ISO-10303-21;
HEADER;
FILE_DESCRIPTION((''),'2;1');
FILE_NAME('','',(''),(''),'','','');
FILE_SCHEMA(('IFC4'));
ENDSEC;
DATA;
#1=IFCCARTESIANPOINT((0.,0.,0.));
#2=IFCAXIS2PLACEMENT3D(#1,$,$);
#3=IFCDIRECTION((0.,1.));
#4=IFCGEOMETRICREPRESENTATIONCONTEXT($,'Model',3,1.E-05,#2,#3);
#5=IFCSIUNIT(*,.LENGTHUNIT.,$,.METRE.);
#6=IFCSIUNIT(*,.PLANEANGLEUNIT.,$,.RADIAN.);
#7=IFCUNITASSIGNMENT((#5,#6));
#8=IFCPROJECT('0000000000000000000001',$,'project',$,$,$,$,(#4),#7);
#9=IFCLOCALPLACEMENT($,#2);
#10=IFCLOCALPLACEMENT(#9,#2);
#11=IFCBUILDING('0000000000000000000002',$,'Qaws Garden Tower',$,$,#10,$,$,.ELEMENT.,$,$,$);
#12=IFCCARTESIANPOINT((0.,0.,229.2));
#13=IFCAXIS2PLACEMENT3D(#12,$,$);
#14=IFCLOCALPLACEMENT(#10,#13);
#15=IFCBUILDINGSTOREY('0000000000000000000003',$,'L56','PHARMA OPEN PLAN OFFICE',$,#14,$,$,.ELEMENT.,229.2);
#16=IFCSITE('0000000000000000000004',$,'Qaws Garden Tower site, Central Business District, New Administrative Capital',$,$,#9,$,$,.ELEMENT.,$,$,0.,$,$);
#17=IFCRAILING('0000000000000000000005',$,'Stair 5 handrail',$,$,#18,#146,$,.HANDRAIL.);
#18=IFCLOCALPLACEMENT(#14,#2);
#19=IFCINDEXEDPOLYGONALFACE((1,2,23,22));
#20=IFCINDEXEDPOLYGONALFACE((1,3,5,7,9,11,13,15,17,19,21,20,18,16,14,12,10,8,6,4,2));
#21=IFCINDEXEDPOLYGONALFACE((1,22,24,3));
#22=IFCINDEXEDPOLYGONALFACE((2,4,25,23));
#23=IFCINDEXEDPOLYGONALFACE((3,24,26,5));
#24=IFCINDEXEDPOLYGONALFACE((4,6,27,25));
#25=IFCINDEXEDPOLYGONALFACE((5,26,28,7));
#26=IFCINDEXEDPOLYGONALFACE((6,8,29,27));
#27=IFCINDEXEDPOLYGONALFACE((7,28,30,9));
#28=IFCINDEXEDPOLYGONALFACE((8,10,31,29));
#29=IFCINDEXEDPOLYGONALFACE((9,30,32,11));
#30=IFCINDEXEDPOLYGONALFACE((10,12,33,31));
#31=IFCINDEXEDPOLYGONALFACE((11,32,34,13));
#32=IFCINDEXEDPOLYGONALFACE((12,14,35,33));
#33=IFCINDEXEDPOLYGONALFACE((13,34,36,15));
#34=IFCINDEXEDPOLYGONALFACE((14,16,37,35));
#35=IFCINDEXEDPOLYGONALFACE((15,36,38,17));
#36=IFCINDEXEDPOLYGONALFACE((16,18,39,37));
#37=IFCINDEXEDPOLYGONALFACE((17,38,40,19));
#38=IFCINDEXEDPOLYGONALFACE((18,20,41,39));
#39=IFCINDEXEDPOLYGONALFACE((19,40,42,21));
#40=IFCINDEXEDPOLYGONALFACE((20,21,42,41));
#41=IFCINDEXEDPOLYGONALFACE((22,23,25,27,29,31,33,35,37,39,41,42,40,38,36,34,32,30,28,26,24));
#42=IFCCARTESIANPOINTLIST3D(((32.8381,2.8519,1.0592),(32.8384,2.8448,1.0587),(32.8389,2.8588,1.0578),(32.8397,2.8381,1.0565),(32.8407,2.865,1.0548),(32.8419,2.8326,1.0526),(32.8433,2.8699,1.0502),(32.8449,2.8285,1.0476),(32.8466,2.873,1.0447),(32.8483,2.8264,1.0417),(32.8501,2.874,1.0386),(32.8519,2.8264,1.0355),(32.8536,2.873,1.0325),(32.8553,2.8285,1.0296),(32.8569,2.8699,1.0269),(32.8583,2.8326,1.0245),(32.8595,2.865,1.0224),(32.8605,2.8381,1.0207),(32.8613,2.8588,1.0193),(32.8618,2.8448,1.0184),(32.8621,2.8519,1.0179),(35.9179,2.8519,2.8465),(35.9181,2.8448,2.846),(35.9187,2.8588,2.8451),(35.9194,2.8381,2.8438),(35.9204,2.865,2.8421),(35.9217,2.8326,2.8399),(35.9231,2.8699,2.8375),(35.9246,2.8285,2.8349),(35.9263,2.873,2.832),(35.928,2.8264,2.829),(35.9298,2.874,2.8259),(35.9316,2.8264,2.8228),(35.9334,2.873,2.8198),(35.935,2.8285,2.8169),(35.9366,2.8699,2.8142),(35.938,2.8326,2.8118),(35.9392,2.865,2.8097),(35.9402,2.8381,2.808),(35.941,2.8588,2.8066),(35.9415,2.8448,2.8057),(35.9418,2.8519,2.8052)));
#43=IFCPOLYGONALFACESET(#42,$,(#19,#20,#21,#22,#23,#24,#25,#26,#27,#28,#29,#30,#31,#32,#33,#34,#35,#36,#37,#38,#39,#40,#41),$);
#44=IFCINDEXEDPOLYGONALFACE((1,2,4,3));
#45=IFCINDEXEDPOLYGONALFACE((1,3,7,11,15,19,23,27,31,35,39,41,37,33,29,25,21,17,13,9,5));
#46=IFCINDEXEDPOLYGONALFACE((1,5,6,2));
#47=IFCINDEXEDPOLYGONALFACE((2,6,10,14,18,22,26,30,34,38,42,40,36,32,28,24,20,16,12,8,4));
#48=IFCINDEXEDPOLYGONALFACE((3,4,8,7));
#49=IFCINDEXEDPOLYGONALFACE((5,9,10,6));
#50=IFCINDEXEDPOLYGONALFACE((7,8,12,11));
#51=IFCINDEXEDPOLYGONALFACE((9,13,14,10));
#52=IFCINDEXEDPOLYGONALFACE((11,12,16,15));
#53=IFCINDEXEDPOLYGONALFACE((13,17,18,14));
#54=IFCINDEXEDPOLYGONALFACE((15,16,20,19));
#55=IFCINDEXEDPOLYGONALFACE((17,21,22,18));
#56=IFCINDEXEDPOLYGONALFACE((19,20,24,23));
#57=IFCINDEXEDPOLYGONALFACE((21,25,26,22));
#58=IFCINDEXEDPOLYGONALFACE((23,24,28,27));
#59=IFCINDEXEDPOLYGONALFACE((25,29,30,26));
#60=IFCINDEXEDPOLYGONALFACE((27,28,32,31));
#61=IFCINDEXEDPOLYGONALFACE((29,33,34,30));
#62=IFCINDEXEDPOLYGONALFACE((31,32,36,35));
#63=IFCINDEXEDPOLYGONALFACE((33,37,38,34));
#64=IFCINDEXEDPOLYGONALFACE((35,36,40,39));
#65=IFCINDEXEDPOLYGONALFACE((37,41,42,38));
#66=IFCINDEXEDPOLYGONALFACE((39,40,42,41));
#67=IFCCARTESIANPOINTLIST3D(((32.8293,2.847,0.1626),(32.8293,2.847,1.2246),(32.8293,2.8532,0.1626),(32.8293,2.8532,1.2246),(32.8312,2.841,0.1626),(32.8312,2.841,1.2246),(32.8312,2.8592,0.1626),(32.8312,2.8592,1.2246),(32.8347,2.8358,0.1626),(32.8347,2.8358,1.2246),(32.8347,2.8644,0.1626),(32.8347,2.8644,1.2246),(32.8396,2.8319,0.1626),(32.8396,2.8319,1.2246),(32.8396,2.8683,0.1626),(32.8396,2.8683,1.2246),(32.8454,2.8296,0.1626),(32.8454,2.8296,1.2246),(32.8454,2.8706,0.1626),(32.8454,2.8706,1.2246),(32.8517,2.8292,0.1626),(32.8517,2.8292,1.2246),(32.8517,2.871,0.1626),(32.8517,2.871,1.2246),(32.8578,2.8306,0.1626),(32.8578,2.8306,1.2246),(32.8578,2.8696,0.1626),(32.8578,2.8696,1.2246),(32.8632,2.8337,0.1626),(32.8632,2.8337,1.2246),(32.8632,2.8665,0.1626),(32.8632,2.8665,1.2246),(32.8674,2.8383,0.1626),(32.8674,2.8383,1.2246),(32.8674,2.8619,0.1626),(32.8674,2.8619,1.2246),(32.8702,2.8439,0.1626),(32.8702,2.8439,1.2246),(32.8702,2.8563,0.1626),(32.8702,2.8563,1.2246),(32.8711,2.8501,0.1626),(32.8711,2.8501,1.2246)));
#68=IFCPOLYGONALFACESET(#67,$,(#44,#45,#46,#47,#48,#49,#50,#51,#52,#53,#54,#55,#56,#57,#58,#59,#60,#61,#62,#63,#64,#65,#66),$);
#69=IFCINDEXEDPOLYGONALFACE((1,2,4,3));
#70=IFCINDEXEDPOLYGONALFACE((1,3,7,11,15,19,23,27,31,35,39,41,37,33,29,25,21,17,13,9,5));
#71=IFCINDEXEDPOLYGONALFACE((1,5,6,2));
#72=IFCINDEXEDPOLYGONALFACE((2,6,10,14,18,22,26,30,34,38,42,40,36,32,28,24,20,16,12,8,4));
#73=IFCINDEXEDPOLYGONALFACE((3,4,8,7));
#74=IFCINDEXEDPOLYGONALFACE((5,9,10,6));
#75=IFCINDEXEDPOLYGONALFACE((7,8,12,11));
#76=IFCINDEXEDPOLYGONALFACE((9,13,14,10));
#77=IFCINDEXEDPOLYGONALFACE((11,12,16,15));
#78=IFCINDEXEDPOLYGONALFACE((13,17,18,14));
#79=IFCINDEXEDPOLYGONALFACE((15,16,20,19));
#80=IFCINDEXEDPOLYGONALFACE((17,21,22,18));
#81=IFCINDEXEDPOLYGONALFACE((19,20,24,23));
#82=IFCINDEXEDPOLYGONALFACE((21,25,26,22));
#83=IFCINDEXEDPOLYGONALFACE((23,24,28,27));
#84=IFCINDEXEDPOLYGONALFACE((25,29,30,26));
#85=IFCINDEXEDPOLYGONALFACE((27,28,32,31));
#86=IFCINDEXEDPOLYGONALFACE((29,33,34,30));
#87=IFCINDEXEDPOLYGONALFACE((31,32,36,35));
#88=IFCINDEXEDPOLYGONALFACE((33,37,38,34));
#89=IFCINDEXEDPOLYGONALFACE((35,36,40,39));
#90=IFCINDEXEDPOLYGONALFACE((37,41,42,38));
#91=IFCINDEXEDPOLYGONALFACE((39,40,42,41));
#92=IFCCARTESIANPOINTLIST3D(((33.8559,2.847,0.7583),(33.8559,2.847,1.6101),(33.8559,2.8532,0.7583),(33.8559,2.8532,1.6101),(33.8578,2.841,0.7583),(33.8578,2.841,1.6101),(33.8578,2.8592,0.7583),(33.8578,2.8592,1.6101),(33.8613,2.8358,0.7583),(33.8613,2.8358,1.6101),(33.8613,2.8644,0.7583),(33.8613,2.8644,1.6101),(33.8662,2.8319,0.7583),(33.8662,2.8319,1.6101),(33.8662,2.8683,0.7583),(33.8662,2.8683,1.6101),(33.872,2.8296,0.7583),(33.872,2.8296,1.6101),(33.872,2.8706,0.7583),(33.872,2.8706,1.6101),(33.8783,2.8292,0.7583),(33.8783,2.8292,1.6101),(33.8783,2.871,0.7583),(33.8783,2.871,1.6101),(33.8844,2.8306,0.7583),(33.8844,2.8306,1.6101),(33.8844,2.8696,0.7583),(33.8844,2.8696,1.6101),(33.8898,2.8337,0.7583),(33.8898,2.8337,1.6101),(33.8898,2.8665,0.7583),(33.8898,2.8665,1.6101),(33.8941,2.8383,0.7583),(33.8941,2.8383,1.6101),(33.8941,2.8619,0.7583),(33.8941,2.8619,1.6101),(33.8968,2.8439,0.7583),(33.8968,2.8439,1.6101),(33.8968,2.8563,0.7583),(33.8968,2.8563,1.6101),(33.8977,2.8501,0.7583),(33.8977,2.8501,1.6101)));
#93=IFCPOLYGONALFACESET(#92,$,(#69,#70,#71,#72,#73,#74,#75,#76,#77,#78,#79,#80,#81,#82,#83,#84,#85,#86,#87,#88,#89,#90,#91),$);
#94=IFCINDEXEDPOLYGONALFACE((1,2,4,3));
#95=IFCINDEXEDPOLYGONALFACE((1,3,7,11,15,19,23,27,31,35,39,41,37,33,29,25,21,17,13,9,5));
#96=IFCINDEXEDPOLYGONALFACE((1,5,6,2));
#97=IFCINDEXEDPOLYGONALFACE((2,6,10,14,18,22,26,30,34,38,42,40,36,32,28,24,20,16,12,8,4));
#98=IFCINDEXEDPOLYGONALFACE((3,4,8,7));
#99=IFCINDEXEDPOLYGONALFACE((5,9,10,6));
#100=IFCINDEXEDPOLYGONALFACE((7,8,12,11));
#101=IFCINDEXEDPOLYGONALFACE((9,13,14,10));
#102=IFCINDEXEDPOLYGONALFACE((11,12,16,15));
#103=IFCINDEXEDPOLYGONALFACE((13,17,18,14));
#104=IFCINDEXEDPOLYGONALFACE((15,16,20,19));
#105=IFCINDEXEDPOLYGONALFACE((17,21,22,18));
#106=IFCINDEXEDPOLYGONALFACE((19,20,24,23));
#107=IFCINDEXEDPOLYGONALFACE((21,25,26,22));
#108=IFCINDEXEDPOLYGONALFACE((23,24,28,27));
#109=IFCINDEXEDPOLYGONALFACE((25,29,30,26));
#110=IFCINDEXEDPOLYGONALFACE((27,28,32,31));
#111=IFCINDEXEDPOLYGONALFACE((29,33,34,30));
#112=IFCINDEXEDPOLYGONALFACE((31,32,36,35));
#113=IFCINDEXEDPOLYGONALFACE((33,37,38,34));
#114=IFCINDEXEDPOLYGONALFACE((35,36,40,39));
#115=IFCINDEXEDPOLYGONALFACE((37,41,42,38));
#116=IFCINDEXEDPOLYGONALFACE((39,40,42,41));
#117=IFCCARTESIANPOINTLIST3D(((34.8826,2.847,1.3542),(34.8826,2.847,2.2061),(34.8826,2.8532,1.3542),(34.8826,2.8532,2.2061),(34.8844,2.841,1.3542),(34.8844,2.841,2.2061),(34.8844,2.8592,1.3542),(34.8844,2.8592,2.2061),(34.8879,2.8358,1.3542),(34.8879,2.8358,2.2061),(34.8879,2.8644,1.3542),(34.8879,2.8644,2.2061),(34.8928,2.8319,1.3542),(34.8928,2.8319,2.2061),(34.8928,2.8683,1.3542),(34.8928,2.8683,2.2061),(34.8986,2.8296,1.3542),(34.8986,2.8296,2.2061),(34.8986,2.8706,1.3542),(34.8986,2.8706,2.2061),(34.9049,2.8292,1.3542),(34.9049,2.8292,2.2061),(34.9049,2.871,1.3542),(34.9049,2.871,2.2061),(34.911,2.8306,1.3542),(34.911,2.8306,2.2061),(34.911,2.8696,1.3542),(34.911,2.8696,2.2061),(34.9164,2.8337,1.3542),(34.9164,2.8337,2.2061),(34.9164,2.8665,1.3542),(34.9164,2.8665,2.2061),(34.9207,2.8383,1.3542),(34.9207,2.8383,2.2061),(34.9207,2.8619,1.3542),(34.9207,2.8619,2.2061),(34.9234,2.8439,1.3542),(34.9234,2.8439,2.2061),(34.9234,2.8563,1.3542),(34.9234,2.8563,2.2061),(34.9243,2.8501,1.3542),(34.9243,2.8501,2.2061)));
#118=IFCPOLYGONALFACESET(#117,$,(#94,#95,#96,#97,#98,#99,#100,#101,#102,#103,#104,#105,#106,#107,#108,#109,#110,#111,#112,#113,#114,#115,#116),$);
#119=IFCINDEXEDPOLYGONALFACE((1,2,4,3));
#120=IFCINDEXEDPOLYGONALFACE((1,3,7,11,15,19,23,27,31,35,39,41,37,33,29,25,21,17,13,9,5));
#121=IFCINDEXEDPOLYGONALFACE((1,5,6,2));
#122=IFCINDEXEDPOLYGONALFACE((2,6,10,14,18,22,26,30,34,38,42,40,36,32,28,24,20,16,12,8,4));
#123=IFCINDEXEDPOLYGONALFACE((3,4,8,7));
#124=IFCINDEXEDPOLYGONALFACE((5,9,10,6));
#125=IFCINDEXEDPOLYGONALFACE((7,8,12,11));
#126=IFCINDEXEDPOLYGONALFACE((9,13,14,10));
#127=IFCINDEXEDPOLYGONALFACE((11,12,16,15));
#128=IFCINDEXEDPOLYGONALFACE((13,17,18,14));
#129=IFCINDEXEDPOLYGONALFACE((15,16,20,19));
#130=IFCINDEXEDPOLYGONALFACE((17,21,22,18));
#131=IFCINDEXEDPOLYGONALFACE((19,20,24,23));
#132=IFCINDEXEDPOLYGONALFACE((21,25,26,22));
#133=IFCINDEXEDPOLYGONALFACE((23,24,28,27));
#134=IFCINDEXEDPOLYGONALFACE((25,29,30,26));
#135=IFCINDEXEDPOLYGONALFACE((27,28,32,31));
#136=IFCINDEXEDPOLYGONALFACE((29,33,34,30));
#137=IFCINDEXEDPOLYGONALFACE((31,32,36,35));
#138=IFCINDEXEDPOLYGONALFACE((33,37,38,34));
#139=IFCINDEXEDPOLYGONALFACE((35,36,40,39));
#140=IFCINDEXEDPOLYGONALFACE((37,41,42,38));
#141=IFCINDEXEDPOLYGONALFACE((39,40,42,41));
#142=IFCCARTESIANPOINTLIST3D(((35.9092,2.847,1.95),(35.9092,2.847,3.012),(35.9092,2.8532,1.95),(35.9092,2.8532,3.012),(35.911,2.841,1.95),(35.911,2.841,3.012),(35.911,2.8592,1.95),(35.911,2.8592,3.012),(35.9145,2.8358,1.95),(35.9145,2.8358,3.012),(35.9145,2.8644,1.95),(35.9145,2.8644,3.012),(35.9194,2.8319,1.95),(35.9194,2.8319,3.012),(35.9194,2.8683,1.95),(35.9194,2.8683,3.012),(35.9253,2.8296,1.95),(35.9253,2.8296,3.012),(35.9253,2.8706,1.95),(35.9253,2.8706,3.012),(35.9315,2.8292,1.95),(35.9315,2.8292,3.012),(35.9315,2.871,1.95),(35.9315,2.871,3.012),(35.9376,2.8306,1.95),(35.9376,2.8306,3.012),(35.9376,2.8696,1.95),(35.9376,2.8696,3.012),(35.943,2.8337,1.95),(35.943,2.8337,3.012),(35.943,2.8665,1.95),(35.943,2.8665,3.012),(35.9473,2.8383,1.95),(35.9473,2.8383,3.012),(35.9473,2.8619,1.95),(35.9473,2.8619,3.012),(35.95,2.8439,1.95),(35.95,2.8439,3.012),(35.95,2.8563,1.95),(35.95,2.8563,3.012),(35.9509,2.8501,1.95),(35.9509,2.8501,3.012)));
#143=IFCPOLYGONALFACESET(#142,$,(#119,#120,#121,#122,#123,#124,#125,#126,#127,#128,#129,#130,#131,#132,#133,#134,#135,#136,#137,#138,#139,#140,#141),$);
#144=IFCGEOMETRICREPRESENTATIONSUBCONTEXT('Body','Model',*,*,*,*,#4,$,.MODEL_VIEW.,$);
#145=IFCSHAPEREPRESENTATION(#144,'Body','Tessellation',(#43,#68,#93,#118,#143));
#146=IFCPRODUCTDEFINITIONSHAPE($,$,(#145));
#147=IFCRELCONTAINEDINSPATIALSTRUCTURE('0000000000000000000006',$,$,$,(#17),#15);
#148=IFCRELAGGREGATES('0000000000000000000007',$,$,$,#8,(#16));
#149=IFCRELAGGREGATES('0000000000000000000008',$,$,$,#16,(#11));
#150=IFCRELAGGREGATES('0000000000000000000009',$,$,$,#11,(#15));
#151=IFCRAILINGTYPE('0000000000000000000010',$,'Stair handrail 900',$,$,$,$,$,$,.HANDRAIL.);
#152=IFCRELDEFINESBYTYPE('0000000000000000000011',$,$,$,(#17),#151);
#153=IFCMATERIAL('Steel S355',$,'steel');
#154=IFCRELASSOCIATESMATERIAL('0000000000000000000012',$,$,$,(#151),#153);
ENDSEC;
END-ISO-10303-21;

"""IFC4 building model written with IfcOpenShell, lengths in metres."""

from ifc_helpers import new_model, si_unit, direction, frame, origin, origin_2d, place, context, subcontext, project, spatial, circle, extrude, material, type_object, element, save


model = new_model("IFC4")

# Units and contexts
model_context = context("Model", 3, precision=1e-05, world=origin(), true_north=direction((0.0, 1.0)))
body_context = subcontext(model_context, "Body", "Model", "MODEL_VIEW")
ifc_project = project(units=[si_unit("LENGTHUNIT", "METRE"), si_unit("PLANEANGLEUNIT", "RADIAN")], contexts=[model_context])

# Site, building, storey
site_placement = place(None, origin())
site = spatial("IfcSite", under=ifc_project, at=site_placement, Name="Qaws Garden Tower site, Central Business District, New Administrative Capital", CompositionType="ELEMENT", RefElevation=0.0)
building_placement = place(site_placement, origin())
building = spatial("IfcBuilding", under=site, at=building_placement, Name="Qaws Garden Tower", CompositionType="ELEMENT")
storey_placement = place(building_placement, frame((0.0, 0.0, 229.2)))
storey = spatial("IfcBuildingStorey", under=building, at=storey_placement, Name="L56", Description="PHARMA OPEN PLAN OFFICE", CompositionType="ELEMENT", Elevation=229.2)

# Railing
ifc_material_1 = material(Name="Steel S355", Category="steel")
railing_type = type_object("IfcRailingType", Name="Stair handrail 900", PredefinedType="HANDRAIL", material=ifc_material_1)
railing_1_placement = place(storey_placement, frame((32.8501, 2.8501, 0.1626)))
element("IfcRailing", 1, at=railing_1_placement, inside=storey, type_object=railing_type, Name="Stair 5 handrail", PredefinedType="HANDRAIL", context=body_context, shape_type="SweptSolid", body=[
    extrude(circle(Radius=0.0239, at=origin_2d()), frame((0.0, 0.0, 0.876), z_axis=(0.864903, 0.0, 0.501939), x_axis=(0.0, 1.0, 0.0)), (0.0, 0.0, 1.0), 3.5608),
    extrude(circle(Radius=0.021, at=origin_2d()), origin(), (0.0, 0.0, 1.0), 1.062),
    extrude(circle(Radius=0.021, at=origin_2d()), frame((1.0266, 0.0, 0.5957)), (0.0, 0.0, 1.0), 0.8518),
    extrude(circle(Radius=0.021, at=origin_2d()), frame((2.0532, 0.0, 1.1917)), (0.0, 0.0, 1.0), 0.8518),
    extrude(circle(Radius=0.021, at=origin_2d()), frame((3.0798, 0.0, 1.7874)), (0.0, 0.0, 1.0), 1.062),
])

save(model, "model.ifc")
